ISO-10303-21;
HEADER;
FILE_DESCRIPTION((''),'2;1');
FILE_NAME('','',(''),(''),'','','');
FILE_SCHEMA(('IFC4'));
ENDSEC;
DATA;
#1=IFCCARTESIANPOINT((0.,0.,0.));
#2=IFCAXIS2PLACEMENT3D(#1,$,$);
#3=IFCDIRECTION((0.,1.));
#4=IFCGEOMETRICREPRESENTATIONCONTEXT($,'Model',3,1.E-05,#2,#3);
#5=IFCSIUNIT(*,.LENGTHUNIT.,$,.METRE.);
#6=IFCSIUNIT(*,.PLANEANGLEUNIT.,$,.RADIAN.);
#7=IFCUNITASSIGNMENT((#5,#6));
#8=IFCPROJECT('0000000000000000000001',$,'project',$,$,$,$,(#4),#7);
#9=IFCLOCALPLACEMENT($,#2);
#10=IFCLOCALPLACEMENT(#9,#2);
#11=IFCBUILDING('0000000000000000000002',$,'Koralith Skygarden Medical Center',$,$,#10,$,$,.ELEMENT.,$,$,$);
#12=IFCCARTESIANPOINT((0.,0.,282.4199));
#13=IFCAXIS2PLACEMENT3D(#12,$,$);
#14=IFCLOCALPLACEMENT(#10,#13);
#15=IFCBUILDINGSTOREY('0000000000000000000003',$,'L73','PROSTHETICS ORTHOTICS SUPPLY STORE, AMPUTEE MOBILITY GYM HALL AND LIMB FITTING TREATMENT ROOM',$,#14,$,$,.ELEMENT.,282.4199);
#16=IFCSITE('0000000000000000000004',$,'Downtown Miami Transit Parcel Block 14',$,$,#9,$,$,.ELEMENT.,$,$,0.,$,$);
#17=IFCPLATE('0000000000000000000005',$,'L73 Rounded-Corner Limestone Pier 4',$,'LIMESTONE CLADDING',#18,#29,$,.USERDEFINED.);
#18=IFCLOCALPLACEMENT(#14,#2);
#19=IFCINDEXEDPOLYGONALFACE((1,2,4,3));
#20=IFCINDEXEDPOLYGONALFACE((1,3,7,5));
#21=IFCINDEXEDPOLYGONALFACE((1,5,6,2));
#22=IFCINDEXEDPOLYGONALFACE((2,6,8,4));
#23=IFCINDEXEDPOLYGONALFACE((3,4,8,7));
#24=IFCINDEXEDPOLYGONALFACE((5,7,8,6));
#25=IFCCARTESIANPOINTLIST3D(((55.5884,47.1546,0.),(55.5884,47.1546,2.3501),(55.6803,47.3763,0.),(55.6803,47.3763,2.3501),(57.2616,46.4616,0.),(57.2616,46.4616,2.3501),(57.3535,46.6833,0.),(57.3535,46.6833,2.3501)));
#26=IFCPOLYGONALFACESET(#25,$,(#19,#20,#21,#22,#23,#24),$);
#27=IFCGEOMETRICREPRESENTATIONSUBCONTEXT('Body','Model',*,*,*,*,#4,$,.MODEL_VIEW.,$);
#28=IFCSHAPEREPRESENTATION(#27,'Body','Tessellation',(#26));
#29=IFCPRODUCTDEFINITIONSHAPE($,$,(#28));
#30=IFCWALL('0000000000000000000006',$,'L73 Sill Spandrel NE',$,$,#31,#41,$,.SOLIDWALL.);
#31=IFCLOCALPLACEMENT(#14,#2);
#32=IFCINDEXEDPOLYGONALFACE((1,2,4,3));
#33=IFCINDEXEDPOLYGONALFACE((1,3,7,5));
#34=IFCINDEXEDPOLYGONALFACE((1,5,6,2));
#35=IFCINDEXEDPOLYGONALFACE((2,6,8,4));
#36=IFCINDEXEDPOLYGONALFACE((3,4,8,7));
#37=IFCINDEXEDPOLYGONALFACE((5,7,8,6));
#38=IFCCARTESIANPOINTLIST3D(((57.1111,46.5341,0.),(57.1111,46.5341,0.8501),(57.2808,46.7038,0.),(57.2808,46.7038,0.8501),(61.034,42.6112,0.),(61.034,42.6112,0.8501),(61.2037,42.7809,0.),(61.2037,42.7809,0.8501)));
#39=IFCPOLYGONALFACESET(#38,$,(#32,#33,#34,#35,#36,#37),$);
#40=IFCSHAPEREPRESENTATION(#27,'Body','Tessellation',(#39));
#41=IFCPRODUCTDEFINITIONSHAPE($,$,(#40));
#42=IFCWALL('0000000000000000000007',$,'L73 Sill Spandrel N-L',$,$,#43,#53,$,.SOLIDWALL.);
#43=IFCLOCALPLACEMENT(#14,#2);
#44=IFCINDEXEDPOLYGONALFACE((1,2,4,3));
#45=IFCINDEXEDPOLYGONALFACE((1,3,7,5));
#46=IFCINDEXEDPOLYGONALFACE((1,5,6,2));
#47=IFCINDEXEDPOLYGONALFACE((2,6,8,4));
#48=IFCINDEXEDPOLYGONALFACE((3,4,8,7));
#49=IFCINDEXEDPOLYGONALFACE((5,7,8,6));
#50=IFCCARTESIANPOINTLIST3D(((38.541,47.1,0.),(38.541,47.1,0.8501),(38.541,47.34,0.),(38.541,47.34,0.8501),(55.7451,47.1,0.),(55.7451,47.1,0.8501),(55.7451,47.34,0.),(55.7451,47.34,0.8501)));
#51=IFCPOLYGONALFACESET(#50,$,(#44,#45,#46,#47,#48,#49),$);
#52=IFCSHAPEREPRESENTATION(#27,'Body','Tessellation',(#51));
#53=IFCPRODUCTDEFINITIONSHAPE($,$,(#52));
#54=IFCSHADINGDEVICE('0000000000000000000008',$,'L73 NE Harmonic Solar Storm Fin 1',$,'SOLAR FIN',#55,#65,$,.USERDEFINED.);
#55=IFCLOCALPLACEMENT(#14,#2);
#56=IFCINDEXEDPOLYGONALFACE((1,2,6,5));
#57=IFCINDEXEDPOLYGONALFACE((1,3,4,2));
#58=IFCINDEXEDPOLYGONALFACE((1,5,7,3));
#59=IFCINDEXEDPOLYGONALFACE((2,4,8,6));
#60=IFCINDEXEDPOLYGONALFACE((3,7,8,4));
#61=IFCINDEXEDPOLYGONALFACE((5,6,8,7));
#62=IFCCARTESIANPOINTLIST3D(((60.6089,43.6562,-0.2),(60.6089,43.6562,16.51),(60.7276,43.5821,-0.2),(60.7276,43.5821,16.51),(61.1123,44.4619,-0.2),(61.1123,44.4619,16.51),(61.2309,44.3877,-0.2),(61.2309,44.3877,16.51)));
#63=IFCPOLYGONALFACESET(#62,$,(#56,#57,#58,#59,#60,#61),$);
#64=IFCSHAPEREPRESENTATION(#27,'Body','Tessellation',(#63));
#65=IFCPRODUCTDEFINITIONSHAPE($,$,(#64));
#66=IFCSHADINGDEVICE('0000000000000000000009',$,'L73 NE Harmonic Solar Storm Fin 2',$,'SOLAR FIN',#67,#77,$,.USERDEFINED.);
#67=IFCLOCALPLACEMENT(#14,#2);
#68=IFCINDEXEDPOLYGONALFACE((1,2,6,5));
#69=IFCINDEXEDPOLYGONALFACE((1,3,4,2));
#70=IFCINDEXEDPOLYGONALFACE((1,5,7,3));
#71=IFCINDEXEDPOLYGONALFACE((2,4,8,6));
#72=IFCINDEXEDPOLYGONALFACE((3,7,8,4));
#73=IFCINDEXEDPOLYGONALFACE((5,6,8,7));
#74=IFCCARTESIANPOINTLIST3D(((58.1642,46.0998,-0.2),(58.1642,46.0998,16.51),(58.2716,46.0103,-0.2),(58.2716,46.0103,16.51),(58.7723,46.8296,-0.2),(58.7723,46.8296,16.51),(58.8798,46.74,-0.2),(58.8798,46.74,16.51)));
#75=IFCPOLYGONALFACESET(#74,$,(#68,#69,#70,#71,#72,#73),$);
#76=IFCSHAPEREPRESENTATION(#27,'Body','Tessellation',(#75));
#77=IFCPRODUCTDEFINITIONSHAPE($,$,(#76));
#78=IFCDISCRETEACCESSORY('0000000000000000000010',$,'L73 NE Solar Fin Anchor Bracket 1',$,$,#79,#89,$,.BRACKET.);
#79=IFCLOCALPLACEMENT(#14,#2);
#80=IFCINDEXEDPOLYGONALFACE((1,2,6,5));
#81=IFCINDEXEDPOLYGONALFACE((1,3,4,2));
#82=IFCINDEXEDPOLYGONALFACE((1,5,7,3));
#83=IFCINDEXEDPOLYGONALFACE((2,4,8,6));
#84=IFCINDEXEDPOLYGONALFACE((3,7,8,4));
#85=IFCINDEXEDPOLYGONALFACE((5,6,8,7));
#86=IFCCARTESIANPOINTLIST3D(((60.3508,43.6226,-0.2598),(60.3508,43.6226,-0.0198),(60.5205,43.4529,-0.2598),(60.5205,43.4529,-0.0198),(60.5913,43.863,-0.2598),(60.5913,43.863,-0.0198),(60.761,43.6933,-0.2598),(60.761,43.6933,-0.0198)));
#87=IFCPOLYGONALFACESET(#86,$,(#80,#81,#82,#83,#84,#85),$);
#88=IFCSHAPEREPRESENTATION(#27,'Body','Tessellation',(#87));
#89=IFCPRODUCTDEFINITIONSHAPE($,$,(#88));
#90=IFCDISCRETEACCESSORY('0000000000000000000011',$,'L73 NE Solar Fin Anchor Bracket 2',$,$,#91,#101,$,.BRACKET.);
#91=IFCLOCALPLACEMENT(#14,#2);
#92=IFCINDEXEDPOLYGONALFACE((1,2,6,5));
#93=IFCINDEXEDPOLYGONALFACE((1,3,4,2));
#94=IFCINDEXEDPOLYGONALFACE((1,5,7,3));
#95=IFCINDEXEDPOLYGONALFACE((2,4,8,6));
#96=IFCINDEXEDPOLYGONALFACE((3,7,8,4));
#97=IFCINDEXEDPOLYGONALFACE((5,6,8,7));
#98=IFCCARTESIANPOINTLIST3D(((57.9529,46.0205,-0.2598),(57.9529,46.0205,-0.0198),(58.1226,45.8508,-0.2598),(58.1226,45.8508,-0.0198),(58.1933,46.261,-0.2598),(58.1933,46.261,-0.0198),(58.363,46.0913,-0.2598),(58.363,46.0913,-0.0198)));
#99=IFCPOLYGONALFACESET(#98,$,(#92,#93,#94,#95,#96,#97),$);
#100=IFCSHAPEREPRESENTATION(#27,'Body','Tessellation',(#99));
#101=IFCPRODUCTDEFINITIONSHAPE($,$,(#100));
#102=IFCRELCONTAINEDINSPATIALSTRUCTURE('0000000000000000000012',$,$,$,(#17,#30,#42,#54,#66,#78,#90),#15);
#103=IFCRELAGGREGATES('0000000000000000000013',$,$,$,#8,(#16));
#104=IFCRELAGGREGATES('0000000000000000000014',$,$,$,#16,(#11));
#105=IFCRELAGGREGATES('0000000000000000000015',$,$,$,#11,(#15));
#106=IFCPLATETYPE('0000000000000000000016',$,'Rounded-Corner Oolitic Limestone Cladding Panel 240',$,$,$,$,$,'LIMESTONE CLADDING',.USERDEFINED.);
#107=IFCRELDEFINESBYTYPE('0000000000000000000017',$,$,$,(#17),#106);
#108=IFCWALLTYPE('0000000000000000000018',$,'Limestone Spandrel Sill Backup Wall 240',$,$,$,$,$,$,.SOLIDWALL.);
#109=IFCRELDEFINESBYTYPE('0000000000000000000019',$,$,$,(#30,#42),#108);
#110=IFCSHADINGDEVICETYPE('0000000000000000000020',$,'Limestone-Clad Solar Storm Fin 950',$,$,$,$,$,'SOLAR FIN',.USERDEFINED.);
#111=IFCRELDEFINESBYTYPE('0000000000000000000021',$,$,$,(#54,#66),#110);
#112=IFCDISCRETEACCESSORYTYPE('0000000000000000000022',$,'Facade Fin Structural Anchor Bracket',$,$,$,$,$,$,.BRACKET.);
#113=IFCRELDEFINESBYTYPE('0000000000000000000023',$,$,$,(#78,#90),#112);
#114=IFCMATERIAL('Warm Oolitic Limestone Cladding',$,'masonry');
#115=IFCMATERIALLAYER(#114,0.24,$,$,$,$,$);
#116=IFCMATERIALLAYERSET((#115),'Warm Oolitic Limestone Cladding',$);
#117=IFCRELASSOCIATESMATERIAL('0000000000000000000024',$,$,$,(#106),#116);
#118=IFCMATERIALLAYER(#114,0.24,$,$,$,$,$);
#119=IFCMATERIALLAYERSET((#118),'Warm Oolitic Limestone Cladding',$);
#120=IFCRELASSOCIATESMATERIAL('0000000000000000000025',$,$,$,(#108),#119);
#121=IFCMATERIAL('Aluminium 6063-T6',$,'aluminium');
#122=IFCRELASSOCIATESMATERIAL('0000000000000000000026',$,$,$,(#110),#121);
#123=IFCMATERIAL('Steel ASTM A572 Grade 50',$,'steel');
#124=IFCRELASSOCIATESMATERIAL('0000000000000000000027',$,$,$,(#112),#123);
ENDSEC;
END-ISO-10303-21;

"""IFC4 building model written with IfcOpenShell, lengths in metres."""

from ifc_helpers import new_model, si_unit, direction, frame, frame_2d, origin, origin_2d, place, context, subcontext, project, spatial, rectangle, extrude, material, layer, layer_set, type_object, element, save


model = new_model("IFC4")

# Units and contexts
model_context = context("Model", 3, precision=1e-05, world=origin(), true_north=direction((0.0, 1.0)))
body_context = subcontext(model_context, "Body", "Model", "MODEL_VIEW")
ifc_project = project(units=[si_unit("LENGTHUNIT", "METRE"), si_unit("PLANEANGLEUNIT", "RADIAN")], contexts=[model_context])

# Site, building, storey
site_placement = place(None, origin())
site = spatial("IfcSite", under=ifc_project, at=site_placement, Name="Downtown Miami Transit Parcel Block 14", CompositionType="ELEMENT", RefElevation=0.0)
building_placement = place(site_placement, origin())
building = spatial("IfcBuilding", under=site, at=building_placement, Name="Koralith Skygarden Medical Center", CompositionType="ELEMENT")
storey_placement = place(building_placement, frame((0.0, 0.0, 282.4199)))
storey = spatial("IfcBuildingStorey", under=building, at=storey_placement, Name="L73", Description="PROSTHETICS ORTHOTICS SUPPLY STORE, AMPUTEE MOBILITY GYM HALL AND LIMB FITTING TREATMENT ROOM", CompositionType="ELEMENT", Elevation=282.4199)

# Shared definitions
ifc_material_1 = material(Name="Aluminium 6063-T6", Category="aluminium")

# Plate
ifc_material_2 = material(Name="Warm Oolitic Limestone Cladding", Category="masonry")
ifc_layer_1 = layer(ifc_material_2, 0.24)
ifc_layer_set_1 = layer_set([ifc_layer_1], Name="Warm Oolitic Limestone Cladding")
plate_type_1 = type_object("IfcPlateType", Name="Rounded-Corner Oolitic Limestone Cladding Panel 240", ElementType="LIMESTONE CLADDING", PredefinedType="USERDEFINED", material=ifc_layer_set_1)
plate_1_placement = place(storey_placement, frame((56.4709, 46.9189, 0.0), z_axis=(0.0, 0.0, 1.0), x_axis=(-0.923885, 0.382671, 0.0)))
element("IfcPlate", 1, at=plate_1_placement, inside=storey, type_object=plate_type_1, Name="L73 Rounded-Corner Limestone Pier 4", ObjectType="LIMESTONE CLADDING", PredefinedType="USERDEFINED", context=body_context, shape_type="SweptSolid", body=[
    extrude(rectangle(XDim=1.811, YDim=0.24, at=origin_2d()), origin(), (0.0, 0.0, 1.0), 2.3501),
])

# Walls
ifc_layer_2 = layer(ifc_material_2, 0.24)
ifc_layer_set_2 = layer_set([ifc_layer_2], Name="Warm Oolitic Limestone Cladding")
wall_type = type_object("IfcWallType", Name="Limestone Spandrel Sill Backup Wall 240", PredefinedType="SOLIDWALL", material=ifc_layer_set_2)
wall_1_placement = place(storey_placement, frame((61.1189, 42.696, 0.0), z_axis=(0.0, 0.0, 1.0), x_axis=(-0.707107, 0.707107, 0.0)))
element("IfcWall", 2, at=wall_1_placement, inside=storey, type_object=wall_type, Name="L73 Sill Spandrel NE", PredefinedType="SOLIDWALL", context=body_context, shape_type="SweptSolid", body=[
    extrude(rectangle(XDim=5.5479, YDim=0.24, at=frame_2d((2.7739, 0.0))), origin(), (0.0, 0.0, 1.0), 0.8501),
])
wall_2_placement = place(storey_placement, frame((55.7451, 47.22, 0.0), z_axis=(0.0, 0.0, 1.0), x_axis=(-1.0, 0.0, 0.0)))
element("IfcWall", 3, at=wall_2_placement, inside=storey, type_object=wall_type, Name="L73 Sill Spandrel N-L", PredefinedType="SOLIDWALL", context=body_context, shape_type="SweptSolid", body=[
    extrude(rectangle(XDim=17.2041, YDim=0.24, at=frame_2d((8.6021, 0.0))), origin(), (0.0, 0.0, 1.0), 0.8501),
])

# Shading devices
shading_device_type = type_object("IfcShadingDeviceType", Name="Limestone-Clad Solar Storm Fin 950", ElementType="SOLAR FIN", PredefinedType="USERDEFINED", material=ifc_material_1)
for number, where, z_axis, x_axis, name in (
    (4, (60.9199, 44.022, -0.2), (0.0, 0.0, 1.0), (0.52983, 0.848104, 0.0), "L73 NE Harmonic Solar Storm Fin 1"),
    (5, (58.522, 46.4199, -0.2), (0.0, 0.0, 1.0), (0.640217, 0.768194, 0.0), "L73 NE Harmonic Solar Storm Fin 2"),
):
    element("IfcShadingDevice", number, at=place(storey_placement, frame(where, z_axis=z_axis, x_axis=x_axis)), inside=storey, type_object=shading_device_type, Name=name, ObjectType="SOLAR FIN", PredefinedType="USERDEFINED", context=body_context, shape_type="SweptSolid", body=[
        extrude(rectangle(XDim=0.95, YDim=0.1399, at=origin_2d()), origin(), (0.0, 0.0, 1.0), 16.71),
    ])

# Discrete accessories
ifc_material_3 = material(Name="Steel ASTM A572 Grade 50", Category="steel")
discrete_accessory_type = type_object("IfcDiscreteAccessoryType", Name="Facade Fin Structural Anchor Bracket", PredefinedType="BRACKET", material=ifc_material_3)
for number, where, z_axis, x_axis, name in (
    (6, (60.5559, 43.658, -0.2598), (0.0, 0.0, 1.0), (0.707107, 0.707107, 0.0), "L73 NE Solar Fin Anchor Bracket 1"),
    (7, (58.158, 46.0559, -0.2598), (0.0, 0.0, 1.0), (0.707107, 0.707107, 0.0), "L73 NE Solar Fin Anchor Bracket 2"),
):
    element("IfcDiscreteAccessory", number, at=place(storey_placement, frame(where, z_axis=z_axis, x_axis=x_axis)), inside=storey, type_object=discrete_accessory_type, Name=name, PredefinedType="BRACKET", context=body_context, shape_type="SweptSolid", body=[
        extrude(rectangle(XDim=0.3401, YDim=0.24, at=origin_2d()), origin(), (0.0, 0.0, 1.0), 0.24),
    ])

save(model, "model.ifc")
